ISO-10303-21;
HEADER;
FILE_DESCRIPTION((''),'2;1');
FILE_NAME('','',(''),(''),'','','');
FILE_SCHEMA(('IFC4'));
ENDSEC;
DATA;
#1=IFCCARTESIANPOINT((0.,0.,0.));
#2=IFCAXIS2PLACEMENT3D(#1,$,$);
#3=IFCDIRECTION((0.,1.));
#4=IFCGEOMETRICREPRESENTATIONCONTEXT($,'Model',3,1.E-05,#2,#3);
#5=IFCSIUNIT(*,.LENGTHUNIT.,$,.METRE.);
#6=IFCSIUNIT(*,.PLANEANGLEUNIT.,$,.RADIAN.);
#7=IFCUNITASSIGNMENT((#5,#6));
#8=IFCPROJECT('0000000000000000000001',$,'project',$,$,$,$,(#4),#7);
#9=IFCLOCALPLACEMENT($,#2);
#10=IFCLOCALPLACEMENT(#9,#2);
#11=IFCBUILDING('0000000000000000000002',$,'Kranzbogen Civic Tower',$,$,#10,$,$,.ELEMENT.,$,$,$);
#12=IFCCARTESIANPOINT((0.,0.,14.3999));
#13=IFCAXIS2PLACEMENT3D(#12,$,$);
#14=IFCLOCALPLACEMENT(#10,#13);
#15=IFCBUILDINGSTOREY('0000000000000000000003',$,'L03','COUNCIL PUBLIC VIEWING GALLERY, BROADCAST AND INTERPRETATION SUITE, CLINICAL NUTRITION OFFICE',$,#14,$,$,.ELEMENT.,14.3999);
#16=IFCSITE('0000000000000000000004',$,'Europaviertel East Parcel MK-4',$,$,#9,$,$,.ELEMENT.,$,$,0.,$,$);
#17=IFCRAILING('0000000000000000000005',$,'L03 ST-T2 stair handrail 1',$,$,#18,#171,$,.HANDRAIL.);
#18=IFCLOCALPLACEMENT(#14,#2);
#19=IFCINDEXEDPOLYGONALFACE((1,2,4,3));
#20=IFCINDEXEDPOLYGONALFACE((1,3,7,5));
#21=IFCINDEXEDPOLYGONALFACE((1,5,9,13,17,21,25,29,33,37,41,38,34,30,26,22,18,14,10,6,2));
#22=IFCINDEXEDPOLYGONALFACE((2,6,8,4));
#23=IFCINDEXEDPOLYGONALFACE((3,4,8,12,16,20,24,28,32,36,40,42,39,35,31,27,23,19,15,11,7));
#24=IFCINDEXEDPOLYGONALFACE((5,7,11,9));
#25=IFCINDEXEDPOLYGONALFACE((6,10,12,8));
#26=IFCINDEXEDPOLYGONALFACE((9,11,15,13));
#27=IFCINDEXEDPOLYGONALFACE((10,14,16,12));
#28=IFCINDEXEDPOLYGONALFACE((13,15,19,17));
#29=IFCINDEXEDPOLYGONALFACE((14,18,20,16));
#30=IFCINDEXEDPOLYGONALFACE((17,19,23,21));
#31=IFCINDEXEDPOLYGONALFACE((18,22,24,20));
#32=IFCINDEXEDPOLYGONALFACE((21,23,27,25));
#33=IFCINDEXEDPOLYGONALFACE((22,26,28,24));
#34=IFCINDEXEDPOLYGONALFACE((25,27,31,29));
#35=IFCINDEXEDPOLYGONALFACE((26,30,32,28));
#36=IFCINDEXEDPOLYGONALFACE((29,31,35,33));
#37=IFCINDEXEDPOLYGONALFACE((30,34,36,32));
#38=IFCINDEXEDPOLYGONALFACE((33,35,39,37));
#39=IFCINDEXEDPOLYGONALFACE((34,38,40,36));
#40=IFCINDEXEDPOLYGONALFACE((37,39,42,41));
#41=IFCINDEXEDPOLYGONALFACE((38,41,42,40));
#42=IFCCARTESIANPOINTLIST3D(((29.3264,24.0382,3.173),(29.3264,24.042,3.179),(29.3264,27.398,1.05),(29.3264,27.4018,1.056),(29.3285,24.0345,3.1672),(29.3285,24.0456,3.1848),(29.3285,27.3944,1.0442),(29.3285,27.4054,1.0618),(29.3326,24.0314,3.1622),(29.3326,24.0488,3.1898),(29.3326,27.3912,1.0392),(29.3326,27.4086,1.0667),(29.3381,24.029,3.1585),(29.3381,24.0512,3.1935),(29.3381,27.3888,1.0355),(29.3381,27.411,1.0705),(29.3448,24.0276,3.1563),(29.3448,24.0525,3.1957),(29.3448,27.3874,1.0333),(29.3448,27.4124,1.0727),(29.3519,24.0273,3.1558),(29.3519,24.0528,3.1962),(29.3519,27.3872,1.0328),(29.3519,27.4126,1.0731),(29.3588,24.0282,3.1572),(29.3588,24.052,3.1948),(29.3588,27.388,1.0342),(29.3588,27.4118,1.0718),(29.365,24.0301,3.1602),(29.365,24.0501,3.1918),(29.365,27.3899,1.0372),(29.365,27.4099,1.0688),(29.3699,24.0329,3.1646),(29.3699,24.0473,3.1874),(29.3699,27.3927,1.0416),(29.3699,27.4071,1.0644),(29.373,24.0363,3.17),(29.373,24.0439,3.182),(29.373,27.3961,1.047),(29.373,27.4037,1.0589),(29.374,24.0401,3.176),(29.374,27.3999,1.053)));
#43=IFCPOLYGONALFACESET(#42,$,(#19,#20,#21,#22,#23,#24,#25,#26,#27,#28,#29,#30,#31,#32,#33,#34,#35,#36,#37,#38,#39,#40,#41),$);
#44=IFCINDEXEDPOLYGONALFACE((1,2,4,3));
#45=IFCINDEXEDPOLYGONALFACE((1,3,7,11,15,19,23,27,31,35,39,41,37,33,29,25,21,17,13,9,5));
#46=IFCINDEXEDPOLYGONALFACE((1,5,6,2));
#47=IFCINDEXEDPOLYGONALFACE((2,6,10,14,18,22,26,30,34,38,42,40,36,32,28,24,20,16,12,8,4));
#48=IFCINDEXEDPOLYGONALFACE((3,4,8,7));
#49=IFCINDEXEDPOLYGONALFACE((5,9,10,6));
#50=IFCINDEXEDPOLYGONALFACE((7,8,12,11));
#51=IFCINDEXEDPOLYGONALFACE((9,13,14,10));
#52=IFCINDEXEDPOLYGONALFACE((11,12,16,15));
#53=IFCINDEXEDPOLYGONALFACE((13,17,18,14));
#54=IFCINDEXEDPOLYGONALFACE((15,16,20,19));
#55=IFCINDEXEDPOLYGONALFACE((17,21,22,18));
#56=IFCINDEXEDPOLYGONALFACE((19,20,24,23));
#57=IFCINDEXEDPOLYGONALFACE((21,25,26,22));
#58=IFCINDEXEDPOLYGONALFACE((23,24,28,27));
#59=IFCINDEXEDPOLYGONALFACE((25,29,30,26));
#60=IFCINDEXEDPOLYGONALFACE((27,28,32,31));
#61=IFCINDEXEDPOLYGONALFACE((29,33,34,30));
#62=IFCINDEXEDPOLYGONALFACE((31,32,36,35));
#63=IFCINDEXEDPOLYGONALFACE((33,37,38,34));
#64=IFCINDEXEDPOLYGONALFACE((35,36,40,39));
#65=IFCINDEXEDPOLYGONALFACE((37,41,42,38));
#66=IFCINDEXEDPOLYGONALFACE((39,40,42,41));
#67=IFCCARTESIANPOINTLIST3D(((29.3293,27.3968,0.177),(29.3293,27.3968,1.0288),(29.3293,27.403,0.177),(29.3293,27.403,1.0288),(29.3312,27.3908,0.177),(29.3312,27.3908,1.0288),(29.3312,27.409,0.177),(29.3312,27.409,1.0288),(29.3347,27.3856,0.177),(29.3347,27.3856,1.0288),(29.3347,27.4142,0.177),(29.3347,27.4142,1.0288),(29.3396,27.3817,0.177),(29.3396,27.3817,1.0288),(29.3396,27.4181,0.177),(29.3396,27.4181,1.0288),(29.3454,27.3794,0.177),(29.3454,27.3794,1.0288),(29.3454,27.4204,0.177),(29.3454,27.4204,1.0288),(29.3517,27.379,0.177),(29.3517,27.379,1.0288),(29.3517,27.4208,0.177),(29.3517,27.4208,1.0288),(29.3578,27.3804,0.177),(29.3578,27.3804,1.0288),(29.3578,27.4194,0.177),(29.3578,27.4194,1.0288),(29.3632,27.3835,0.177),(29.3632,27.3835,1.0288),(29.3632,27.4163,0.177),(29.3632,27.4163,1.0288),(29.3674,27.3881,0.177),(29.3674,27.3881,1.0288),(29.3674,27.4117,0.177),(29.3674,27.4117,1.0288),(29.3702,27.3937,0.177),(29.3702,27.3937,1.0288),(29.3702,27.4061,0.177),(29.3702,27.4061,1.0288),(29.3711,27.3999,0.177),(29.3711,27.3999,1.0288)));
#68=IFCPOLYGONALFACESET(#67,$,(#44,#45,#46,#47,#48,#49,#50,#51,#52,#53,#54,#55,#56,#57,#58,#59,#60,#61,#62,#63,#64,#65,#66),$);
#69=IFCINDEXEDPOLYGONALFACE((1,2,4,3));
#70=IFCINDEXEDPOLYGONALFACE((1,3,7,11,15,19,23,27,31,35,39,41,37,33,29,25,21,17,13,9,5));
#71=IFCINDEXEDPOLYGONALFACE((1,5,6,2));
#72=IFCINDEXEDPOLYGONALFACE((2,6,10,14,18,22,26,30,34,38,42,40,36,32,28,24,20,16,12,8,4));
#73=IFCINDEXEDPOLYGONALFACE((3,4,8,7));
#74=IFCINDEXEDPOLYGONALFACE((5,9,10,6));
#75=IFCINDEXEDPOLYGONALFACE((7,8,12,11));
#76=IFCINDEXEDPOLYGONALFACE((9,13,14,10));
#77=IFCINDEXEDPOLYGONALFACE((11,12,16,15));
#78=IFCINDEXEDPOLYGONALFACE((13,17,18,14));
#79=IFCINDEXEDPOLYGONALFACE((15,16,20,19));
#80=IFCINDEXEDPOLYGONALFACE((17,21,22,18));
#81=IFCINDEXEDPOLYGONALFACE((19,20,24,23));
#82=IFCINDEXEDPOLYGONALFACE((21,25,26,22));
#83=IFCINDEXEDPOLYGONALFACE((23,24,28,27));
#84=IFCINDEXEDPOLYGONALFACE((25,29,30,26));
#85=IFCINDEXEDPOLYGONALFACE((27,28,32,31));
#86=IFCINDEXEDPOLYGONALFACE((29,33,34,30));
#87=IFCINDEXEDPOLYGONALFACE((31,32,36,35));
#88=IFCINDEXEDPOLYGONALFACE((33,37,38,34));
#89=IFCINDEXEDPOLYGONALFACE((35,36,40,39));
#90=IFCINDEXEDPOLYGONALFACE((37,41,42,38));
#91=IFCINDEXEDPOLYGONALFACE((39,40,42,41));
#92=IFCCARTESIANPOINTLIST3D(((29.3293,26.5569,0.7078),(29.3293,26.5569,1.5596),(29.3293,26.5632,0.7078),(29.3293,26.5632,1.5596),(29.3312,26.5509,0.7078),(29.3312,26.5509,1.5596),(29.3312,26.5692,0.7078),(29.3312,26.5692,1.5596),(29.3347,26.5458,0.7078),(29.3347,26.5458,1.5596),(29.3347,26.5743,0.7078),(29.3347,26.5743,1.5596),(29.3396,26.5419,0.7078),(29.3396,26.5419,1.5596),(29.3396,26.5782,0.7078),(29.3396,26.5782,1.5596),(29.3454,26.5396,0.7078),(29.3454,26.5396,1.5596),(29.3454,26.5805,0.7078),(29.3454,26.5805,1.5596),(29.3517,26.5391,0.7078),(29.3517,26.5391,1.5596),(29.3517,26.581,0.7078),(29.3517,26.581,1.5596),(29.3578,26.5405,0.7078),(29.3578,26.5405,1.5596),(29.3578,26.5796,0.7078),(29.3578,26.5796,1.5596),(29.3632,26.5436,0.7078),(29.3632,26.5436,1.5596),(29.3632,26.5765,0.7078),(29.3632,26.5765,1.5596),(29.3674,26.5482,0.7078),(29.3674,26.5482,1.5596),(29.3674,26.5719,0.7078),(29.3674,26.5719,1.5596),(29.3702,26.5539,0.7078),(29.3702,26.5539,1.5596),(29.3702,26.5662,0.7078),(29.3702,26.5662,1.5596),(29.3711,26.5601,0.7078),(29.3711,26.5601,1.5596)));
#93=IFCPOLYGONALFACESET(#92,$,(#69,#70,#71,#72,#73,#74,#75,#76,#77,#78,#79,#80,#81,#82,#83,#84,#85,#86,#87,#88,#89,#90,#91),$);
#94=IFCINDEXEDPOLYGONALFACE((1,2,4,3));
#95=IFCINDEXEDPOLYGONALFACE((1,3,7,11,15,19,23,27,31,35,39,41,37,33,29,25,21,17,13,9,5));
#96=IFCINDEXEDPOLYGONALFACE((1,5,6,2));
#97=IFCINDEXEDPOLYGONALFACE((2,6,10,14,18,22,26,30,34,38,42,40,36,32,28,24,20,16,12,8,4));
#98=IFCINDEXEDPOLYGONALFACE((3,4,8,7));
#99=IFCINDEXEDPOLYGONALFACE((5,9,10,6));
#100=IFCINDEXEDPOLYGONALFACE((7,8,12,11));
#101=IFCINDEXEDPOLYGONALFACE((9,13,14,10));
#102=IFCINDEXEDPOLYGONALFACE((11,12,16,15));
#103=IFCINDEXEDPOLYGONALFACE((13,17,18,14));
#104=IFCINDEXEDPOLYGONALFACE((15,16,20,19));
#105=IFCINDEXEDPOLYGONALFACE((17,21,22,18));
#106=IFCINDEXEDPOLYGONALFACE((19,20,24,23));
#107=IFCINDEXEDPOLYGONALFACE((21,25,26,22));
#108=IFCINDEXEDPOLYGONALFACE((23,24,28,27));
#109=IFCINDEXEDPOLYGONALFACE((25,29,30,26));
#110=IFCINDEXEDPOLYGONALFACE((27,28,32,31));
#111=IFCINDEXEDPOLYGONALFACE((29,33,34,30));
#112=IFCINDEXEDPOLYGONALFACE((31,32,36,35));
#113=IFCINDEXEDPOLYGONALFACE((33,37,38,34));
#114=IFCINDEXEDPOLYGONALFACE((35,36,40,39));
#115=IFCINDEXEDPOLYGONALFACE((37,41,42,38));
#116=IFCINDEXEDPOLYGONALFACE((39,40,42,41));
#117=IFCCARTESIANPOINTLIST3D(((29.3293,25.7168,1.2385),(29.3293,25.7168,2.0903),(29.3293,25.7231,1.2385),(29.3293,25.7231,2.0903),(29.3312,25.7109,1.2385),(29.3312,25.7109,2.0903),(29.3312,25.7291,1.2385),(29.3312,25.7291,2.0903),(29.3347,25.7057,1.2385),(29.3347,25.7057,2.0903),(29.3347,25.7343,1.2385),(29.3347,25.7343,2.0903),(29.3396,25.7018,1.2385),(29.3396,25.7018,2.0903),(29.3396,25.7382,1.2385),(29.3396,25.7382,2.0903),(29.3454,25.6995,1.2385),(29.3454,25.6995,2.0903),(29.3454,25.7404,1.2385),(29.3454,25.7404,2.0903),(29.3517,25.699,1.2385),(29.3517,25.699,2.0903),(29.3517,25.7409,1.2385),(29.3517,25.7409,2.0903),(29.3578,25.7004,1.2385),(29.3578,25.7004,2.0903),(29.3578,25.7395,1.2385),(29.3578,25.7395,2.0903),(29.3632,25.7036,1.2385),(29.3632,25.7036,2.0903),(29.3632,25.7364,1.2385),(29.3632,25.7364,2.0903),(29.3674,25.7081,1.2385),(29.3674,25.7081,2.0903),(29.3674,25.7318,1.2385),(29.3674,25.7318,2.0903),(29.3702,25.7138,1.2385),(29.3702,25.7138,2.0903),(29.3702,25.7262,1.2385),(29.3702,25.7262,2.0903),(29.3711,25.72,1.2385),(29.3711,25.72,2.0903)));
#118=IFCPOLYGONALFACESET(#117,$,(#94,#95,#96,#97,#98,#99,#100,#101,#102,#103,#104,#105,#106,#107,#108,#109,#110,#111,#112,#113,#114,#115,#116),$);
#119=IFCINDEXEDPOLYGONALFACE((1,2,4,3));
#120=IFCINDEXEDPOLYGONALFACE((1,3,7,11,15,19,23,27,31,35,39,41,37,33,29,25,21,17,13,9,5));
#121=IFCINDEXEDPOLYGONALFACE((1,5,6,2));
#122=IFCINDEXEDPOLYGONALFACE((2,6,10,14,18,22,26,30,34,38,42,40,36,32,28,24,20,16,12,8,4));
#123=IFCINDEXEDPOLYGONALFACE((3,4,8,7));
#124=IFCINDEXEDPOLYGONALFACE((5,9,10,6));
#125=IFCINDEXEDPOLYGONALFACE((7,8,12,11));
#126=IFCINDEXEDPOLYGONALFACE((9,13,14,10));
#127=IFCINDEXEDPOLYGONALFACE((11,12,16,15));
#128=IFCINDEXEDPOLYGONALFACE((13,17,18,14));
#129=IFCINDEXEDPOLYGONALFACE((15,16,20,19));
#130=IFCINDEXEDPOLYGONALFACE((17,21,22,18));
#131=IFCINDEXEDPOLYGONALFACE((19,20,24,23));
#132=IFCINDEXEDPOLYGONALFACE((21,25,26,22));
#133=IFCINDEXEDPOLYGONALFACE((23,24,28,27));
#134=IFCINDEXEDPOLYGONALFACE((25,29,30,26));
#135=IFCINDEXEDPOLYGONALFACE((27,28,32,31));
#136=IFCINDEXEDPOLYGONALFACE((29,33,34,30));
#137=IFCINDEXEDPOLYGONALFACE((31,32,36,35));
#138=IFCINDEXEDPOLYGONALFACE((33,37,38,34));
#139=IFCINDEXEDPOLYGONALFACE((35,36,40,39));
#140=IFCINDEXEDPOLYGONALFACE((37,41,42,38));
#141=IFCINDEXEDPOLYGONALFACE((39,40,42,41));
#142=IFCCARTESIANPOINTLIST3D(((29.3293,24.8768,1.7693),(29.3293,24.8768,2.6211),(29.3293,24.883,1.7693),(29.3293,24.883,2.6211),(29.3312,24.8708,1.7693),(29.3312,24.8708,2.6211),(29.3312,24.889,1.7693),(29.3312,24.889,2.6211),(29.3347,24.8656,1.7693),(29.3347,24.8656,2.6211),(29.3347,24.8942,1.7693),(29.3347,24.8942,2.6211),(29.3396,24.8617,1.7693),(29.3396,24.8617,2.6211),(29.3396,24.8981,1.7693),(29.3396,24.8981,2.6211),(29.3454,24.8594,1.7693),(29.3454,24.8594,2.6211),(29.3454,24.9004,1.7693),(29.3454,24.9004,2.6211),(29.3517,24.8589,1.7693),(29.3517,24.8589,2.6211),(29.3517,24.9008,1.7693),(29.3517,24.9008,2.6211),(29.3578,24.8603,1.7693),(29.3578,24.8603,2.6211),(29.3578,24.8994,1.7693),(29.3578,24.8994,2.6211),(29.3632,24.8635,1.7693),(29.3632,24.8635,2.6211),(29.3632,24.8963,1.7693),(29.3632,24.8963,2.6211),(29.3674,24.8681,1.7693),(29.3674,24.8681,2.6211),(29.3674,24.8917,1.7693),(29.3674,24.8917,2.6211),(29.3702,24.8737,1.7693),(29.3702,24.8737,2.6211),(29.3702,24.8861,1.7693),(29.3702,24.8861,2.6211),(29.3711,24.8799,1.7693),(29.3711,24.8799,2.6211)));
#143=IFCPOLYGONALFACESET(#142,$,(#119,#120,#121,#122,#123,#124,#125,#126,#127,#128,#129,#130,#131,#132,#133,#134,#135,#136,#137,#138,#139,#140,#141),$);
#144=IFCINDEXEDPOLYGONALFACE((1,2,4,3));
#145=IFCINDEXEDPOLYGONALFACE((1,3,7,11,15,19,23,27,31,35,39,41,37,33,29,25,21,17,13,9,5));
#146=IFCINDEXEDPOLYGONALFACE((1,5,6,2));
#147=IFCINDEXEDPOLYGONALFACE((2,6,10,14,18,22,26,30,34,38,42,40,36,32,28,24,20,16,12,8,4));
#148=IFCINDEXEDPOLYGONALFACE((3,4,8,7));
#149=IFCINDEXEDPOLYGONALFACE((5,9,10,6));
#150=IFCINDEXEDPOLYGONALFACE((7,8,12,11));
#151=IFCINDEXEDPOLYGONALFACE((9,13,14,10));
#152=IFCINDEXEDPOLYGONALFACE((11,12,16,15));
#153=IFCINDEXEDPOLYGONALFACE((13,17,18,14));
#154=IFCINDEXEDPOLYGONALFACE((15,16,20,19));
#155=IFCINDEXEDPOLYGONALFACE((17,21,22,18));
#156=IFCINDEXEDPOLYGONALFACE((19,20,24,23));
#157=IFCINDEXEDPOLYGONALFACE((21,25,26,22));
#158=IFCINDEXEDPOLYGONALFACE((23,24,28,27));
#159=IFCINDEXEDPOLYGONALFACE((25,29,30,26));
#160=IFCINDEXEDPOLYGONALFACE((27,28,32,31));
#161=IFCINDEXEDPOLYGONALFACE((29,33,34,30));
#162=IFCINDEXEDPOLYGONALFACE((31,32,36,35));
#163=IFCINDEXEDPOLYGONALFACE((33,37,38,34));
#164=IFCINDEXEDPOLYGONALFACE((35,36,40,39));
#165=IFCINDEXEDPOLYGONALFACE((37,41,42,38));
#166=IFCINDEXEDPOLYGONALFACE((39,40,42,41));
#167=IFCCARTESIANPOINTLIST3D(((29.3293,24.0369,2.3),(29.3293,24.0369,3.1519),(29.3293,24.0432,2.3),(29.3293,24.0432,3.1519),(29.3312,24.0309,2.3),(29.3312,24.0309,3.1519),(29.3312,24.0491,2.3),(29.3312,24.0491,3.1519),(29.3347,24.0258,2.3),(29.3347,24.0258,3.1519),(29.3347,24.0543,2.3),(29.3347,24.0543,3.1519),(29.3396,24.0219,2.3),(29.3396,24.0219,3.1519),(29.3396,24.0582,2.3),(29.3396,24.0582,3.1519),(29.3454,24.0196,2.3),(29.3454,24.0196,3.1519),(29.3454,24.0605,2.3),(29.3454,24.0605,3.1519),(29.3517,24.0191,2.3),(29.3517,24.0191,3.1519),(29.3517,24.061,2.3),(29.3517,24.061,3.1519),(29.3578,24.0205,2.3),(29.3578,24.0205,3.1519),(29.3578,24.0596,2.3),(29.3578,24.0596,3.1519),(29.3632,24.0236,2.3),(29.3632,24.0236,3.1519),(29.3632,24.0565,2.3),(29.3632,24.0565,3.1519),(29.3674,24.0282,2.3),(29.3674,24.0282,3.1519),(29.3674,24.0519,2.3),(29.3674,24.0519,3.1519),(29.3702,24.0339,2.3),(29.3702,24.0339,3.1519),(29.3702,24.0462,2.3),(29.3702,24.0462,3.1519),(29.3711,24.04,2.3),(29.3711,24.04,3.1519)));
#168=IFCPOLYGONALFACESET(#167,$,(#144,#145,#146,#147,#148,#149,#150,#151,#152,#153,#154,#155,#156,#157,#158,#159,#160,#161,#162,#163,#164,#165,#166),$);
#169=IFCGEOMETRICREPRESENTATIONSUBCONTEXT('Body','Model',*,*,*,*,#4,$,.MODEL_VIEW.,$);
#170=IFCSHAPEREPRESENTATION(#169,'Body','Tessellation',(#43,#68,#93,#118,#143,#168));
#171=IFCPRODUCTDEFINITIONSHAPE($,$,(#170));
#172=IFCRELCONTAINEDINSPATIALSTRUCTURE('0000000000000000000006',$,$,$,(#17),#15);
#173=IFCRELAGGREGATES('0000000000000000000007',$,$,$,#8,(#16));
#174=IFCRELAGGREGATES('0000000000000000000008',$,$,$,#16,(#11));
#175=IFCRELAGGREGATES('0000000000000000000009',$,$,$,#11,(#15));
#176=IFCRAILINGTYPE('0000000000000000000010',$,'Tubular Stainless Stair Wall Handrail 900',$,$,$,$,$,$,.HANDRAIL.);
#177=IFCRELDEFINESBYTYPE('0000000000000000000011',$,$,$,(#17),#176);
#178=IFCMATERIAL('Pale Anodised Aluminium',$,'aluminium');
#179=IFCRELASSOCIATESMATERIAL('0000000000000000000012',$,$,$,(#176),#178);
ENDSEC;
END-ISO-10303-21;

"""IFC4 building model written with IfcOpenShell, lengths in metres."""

from ifc_helpers import new_model, si_unit, direction, frame, origin, origin_2d, place, context, subcontext, project, spatial, circle, extrude, material, type_object, element, save


model = new_model("IFC4")

# Units and contexts
model_context = context("Model", 3, precision=1e-05, world=origin(), true_north=direction((0.0, 1.0)))
body_context = subcontext(model_context, "Body", "Model", "MODEL_VIEW")
ifc_project = project(units=[si_unit("LENGTHUNIT", "METRE"), si_unit("PLANEANGLEUNIT", "RADIAN")], contexts=[model_context])

# Site, building, storey
site_placement = place(None, origin())
site = spatial("IfcSite", under=ifc_project, at=site_placement, Name="Europaviertel East Parcel MK-4", CompositionType="ELEMENT", RefElevation=0.0)
building_placement = place(site_placement, origin())
building = spatial("IfcBuilding", under=site, at=building_placement, Name="Kranzbogen Civic Tower", CompositionType="ELEMENT")
storey_placement = place(building_placement, frame((0.0, 0.0, 14.3999)))
storey = spatial("IfcBuildingStorey", under=building, at=storey_placement, Name="L03", Description="COUNCIL PUBLIC VIEWING GALLERY, BROADCAST AND INTERPRETATION SUITE, CLINICAL NUTRITION OFFICE", CompositionType="ELEMENT", Elevation=14.3999)

# Railing
ifc_material_1 = material(Name="Pale Anodised Aluminium", Category="aluminium")
railing_type_1 = type_object("IfcRailingType", Name="Tubular Stainless Stair Wall Handrail 900", PredefinedType="HANDRAIL", material=ifc_material_1)
for number, where, name in (
    (1, (29.3501, 27.3999, 0.177), "L03 ST-T2 stair handrail 1"),
):
    element("IfcRailing", number, at=place(storey_placement, frame(where)), inside=storey, type_object=railing_type_1, Name=name, PredefinedType="HANDRAIL", context=body_context, shape_type="SweptSolid", body=[
        extrude(circle(Radius=0.0239, at=origin_2d()), frame((0.0, 0.0, 0.876), z_axis=(0.0, -0.845372, 0.534178), x_axis=(1.0, 0.0, 0.0)), (0.0, 0.0, 1.0), 3.9744),
        extrude(circle(Radius=0.021, at=origin_2d()), origin(), (0.0, 0.0, 1.0), 0.8518),
        extrude(circle(Radius=0.021, at=origin_2d()), frame((0.0, -0.8398, 0.5308)), (0.0, 0.0, 1.0), 0.8518),
        extrude(circle(Radius=0.021, at=origin_2d()), frame((0.0, -1.6799, 1.0615)), (0.0, 0.0, 1.0), 0.8518),
        extrude(circle(Radius=0.021, at=origin_2d()), frame((0.0, -2.52, 1.5923)), (0.0, 0.0, 1.0), 0.8518),
        extrude(circle(Radius=0.021, at=origin_2d()), frame((0.0, -3.3599, 2.123)), (0.0, 0.0, 1.0), 0.8518),
    ])

save(model, "model.ifc")
